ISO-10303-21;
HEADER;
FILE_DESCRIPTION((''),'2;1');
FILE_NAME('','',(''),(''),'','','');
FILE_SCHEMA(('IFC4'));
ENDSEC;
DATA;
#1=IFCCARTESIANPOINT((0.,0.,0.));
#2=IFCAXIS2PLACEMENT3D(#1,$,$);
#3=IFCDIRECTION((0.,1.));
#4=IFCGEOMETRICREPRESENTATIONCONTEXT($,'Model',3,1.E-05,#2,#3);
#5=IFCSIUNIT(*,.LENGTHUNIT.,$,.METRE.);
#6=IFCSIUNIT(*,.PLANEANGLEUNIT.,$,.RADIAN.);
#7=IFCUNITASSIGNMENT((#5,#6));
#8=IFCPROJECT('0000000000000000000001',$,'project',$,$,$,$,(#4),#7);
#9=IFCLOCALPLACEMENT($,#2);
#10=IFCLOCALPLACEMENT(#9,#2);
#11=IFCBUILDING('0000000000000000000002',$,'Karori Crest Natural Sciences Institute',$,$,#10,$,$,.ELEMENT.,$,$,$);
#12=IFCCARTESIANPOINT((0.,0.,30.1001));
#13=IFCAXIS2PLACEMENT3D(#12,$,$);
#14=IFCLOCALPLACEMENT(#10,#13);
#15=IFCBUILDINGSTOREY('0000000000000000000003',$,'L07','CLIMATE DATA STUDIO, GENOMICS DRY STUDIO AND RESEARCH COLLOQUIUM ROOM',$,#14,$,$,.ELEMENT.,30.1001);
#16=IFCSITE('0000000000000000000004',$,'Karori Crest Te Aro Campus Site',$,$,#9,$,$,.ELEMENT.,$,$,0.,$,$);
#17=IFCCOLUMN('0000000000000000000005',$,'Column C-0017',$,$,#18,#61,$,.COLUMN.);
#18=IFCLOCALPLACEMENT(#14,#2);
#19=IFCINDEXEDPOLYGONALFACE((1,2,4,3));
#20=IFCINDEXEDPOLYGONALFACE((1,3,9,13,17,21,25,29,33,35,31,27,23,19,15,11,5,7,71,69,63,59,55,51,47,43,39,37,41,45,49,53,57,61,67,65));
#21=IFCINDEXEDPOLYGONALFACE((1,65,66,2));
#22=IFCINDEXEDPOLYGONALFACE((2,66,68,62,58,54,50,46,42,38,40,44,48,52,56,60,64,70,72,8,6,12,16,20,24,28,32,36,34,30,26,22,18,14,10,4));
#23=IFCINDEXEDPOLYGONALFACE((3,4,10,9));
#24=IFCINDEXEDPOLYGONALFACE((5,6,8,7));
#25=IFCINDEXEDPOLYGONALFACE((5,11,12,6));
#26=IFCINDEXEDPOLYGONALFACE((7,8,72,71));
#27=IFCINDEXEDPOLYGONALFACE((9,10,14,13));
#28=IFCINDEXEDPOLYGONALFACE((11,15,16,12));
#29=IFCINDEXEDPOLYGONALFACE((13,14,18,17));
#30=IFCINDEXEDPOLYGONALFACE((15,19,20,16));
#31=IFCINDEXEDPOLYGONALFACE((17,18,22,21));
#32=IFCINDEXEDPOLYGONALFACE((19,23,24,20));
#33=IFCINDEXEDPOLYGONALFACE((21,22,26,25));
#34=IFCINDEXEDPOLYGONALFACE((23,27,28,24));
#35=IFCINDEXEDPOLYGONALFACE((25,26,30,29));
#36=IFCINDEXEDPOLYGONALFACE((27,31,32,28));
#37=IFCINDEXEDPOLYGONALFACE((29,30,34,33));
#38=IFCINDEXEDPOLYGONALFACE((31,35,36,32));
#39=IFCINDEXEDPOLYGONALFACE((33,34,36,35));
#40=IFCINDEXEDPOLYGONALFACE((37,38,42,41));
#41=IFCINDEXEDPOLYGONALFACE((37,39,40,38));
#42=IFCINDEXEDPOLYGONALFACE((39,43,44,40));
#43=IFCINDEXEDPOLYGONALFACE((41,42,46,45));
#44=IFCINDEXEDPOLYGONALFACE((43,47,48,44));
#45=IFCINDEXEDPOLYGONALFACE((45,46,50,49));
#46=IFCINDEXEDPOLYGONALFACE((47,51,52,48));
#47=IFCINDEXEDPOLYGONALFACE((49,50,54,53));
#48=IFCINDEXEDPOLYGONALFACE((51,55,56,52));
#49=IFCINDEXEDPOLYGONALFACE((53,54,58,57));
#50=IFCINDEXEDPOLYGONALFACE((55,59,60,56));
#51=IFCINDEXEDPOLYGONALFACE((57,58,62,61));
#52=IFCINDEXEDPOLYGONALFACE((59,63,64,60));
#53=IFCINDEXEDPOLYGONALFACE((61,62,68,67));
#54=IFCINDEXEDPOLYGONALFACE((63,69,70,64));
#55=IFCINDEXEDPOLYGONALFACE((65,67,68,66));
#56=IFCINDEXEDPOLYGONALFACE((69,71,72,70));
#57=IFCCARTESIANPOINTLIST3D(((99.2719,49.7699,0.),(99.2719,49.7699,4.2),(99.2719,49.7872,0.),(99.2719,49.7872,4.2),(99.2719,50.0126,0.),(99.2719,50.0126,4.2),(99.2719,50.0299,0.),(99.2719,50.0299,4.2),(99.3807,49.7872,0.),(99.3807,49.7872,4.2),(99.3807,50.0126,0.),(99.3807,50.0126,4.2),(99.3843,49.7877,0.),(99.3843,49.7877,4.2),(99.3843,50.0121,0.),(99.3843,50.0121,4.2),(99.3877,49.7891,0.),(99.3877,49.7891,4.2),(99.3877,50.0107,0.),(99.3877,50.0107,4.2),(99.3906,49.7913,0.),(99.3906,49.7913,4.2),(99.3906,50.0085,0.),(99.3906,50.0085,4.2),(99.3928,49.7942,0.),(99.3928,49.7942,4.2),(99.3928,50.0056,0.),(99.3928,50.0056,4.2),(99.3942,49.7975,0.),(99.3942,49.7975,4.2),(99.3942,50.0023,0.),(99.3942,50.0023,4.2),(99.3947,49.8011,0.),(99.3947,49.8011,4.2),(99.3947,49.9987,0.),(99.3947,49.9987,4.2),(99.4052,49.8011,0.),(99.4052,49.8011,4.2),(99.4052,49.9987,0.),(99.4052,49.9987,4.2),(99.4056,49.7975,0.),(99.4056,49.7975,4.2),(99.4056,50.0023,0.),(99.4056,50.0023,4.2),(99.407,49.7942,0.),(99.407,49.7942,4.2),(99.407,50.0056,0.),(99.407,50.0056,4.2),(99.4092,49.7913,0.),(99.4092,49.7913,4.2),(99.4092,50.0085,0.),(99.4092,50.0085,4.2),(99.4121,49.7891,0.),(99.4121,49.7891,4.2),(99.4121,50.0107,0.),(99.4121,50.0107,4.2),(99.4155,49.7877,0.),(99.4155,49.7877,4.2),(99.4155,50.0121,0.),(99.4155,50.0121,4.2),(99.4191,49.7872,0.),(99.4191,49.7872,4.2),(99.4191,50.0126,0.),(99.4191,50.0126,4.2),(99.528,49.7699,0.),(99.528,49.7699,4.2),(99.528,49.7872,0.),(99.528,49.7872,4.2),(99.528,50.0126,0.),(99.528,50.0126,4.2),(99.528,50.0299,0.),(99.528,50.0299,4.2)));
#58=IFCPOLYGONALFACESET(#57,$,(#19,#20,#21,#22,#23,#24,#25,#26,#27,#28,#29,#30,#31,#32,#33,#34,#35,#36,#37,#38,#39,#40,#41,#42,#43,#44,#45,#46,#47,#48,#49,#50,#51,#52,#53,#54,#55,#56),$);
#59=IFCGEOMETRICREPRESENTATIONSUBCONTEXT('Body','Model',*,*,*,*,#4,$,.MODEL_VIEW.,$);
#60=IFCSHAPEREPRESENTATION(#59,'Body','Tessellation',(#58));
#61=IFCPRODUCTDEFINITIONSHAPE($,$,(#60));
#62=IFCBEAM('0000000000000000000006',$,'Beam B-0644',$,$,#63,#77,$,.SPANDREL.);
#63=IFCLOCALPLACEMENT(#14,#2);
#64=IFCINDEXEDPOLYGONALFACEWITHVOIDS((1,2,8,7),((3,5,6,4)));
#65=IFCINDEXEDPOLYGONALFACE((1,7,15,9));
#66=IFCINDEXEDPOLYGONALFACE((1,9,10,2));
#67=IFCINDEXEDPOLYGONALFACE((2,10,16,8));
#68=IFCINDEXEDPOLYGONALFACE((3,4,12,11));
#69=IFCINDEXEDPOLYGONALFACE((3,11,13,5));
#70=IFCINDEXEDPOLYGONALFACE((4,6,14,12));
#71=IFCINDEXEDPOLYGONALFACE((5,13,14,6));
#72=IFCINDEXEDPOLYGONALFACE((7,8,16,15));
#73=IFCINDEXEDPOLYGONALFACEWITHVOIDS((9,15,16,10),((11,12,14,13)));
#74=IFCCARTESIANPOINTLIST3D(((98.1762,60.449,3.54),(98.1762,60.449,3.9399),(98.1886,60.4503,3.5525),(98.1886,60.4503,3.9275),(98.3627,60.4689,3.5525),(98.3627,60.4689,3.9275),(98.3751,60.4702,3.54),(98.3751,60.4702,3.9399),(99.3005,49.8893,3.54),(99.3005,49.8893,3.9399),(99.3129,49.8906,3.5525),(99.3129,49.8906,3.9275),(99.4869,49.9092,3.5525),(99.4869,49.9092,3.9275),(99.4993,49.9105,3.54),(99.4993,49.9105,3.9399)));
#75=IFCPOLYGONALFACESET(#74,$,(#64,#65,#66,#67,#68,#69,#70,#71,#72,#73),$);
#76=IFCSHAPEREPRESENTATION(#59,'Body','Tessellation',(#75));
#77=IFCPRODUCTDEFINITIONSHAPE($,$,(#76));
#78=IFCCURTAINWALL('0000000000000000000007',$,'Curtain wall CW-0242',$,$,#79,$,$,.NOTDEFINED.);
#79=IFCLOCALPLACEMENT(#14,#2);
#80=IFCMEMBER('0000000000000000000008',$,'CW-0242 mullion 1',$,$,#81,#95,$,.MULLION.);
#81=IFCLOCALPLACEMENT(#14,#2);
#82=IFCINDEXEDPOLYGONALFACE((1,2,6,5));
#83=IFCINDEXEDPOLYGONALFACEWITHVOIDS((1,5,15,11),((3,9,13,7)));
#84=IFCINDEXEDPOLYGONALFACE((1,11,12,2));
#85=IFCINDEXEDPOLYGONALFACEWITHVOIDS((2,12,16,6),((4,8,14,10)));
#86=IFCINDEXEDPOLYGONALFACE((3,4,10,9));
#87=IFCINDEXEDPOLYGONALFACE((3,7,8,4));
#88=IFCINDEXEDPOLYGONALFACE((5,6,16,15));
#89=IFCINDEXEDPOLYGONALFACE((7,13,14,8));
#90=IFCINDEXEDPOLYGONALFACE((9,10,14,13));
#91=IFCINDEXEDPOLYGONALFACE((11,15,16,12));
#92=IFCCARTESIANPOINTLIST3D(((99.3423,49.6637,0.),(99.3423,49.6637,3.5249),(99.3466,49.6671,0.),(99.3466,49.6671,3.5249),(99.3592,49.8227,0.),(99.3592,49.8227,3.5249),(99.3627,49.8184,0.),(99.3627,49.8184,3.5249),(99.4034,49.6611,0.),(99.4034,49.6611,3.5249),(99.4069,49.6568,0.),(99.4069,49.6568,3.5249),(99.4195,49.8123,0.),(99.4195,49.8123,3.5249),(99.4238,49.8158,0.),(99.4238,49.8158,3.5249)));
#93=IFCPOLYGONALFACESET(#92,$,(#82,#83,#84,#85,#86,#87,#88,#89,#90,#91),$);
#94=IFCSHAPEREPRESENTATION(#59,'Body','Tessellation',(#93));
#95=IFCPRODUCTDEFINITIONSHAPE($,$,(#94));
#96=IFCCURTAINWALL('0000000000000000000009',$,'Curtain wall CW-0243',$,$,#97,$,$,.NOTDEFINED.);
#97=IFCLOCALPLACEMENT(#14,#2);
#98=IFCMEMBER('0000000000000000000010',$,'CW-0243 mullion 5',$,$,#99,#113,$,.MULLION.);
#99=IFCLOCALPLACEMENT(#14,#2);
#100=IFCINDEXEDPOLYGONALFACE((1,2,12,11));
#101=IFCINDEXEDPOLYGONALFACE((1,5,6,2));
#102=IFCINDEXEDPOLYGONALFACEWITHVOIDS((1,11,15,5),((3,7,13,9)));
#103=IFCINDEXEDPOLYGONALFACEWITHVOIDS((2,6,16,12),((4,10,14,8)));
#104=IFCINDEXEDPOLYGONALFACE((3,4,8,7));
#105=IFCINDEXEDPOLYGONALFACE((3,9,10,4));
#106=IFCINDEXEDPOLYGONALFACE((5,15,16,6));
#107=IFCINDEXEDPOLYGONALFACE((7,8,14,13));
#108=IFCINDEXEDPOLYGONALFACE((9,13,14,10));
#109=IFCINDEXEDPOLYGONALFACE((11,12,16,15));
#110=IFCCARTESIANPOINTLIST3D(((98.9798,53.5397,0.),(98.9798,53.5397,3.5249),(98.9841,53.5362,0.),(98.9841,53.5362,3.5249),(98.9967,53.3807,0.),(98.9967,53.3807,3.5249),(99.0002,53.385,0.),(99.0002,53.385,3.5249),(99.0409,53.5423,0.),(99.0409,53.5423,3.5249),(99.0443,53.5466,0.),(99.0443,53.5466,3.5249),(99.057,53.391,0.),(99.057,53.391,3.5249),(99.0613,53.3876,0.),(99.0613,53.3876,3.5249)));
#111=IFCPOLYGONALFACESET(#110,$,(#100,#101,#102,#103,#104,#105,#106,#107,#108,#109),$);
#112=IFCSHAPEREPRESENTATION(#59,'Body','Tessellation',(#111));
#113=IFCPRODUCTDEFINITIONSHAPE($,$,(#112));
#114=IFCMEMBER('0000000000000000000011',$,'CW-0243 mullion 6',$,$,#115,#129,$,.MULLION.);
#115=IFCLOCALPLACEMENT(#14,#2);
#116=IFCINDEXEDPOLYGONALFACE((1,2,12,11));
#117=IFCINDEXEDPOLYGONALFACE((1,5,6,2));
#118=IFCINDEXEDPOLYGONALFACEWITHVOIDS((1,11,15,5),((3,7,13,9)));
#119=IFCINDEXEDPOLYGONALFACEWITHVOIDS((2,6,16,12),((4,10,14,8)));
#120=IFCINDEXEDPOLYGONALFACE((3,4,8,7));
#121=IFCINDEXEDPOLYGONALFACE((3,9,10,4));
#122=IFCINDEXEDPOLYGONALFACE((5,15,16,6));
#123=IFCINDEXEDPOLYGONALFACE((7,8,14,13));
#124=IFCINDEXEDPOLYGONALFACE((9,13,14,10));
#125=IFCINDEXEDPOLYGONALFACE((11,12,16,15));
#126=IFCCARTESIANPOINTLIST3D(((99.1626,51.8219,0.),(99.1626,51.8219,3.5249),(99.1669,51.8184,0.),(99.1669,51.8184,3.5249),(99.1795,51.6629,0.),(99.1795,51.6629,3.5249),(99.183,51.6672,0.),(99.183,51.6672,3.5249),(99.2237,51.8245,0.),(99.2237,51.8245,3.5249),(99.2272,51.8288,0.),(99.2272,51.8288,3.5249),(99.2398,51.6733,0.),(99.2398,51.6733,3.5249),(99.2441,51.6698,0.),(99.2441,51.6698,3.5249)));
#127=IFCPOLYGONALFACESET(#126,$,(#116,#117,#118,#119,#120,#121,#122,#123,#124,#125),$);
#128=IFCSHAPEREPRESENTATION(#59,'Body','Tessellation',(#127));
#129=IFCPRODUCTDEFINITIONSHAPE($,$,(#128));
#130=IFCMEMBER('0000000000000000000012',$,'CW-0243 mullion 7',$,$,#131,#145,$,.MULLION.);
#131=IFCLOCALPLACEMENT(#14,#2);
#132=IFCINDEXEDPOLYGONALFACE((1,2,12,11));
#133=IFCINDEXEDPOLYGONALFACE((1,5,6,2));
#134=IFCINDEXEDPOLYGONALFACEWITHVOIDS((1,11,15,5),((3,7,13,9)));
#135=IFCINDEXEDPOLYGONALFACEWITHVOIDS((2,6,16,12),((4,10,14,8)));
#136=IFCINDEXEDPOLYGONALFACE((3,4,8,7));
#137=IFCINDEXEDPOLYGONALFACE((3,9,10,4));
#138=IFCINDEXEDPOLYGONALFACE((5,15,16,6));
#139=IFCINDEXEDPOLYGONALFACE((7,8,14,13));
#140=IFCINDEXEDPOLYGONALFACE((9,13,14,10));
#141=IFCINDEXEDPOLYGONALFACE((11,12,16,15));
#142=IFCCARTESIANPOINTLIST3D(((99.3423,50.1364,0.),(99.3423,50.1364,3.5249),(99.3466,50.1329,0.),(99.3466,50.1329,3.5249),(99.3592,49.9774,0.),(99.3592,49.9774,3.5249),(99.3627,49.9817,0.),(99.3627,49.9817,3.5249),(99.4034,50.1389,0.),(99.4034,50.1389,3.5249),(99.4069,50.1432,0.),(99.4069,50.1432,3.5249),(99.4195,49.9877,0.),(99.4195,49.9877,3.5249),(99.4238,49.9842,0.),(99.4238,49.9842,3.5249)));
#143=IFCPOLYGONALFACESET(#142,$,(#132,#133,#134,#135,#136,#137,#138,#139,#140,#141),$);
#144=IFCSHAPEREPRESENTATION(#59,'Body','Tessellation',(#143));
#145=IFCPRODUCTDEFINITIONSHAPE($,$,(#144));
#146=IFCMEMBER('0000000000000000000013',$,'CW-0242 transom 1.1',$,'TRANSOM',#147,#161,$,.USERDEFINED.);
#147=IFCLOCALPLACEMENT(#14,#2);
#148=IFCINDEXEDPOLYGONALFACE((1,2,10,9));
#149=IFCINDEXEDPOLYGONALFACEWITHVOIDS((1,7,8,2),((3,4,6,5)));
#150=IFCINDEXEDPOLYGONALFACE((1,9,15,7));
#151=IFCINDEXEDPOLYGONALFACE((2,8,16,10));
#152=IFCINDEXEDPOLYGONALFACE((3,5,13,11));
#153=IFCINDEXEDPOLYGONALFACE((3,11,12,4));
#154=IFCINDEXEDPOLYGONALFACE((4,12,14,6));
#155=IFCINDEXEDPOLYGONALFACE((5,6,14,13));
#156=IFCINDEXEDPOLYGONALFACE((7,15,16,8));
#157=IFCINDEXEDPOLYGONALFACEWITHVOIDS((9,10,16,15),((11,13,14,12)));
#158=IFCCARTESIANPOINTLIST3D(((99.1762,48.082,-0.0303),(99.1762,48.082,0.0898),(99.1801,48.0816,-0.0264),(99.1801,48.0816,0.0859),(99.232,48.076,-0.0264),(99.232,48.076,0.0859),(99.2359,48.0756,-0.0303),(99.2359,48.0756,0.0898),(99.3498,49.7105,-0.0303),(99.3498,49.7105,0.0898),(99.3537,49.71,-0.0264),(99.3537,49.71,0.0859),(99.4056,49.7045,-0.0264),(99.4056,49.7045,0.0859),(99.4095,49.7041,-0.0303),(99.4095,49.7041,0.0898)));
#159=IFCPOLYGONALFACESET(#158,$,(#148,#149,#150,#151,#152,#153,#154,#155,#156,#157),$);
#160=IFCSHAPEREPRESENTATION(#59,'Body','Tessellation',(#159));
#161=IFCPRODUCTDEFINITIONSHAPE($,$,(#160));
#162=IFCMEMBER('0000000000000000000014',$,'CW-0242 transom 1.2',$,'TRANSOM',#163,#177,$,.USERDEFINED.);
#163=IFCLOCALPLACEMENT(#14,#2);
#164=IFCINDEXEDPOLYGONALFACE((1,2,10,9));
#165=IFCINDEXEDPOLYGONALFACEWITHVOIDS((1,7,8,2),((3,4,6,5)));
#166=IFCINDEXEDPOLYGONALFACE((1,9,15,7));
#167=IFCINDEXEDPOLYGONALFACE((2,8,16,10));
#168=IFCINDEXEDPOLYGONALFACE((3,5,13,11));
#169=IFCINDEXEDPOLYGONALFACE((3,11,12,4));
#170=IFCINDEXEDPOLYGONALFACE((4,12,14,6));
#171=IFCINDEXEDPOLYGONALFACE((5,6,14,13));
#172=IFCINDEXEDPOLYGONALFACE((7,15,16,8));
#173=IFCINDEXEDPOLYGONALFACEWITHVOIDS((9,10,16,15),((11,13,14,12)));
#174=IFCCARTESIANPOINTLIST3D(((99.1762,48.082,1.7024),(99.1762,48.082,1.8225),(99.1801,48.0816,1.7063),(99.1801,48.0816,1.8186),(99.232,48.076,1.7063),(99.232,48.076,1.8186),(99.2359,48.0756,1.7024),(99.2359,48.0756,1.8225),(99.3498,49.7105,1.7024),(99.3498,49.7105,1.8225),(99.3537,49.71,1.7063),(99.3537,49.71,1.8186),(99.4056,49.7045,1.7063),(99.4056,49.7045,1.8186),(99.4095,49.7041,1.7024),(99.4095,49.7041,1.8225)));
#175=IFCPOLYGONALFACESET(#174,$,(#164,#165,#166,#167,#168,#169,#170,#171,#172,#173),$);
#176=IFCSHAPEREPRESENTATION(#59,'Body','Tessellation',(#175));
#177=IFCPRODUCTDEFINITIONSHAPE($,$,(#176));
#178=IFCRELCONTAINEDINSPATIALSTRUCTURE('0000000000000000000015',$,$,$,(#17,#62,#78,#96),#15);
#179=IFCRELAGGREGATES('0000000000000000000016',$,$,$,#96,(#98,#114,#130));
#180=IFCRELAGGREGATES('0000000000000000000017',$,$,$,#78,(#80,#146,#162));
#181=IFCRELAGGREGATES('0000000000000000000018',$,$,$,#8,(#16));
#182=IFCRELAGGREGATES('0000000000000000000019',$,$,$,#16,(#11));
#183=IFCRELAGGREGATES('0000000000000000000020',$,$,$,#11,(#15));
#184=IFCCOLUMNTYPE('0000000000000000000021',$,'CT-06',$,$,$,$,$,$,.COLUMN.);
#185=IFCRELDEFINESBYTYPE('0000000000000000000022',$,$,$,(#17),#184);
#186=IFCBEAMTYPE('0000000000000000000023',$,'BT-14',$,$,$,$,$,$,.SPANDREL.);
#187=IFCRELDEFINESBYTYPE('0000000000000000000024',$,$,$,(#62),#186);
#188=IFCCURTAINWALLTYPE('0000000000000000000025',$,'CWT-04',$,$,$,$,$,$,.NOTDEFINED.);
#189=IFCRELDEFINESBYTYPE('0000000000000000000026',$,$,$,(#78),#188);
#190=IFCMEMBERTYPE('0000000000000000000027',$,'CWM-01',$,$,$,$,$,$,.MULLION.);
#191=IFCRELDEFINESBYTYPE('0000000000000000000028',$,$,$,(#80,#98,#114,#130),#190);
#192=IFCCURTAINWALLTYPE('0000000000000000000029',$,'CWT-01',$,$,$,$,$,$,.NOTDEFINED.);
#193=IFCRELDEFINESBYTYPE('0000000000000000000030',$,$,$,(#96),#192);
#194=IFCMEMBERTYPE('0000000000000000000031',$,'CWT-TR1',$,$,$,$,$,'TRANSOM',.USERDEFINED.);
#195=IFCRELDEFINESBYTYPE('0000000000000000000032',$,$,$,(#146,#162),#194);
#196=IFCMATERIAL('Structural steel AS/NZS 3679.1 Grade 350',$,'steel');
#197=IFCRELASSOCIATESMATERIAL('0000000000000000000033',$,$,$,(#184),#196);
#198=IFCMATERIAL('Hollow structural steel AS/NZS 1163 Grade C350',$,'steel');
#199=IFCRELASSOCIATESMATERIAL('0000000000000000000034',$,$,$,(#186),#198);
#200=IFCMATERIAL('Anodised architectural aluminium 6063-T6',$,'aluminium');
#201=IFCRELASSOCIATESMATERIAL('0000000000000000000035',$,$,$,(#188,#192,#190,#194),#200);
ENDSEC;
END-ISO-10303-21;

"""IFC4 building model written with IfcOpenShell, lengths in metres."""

from ifc_helpers import new_model, si_unit, direction, frame, origin, origin_2d, place, context, subcontext, project, spatial, hollow_rectangle, i_section, extrude, material, material_profile, profile_set, type_object, element, aggregate, save


model = new_model("IFC4")

# Units and contexts
model_context = context("Model", 3, precision=1e-05, world=origin(), true_north=direction((0.0, 1.0)))
body_context = subcontext(model_context, "Body", "Model", "MODEL_VIEW")
ifc_project = project(units=[si_unit("LENGTHUNIT", "METRE"), si_unit("PLANEANGLEUNIT", "RADIAN")], contexts=[model_context])

# Site, building, storey
site_placement = place(None, origin())
site = spatial("IfcSite", under=ifc_project, at=site_placement, Name="Karori Crest Te Aro Campus Site", CompositionType="ELEMENT", RefElevation=0.0)
building_placement = place(site_placement, origin())
building = spatial("IfcBuilding", under=site, at=building_placement, Name="Karori Crest Natural Sciences Institute", CompositionType="ELEMENT")
storey_placement = place(building_placement, frame((0.0, 0.0, 30.1001)))
storey = spatial("IfcBuildingStorey", under=building, at=storey_placement, Name="L07", Description="CLIMATE DATA STUDIO, GENOMICS DRY STUDIO AND RESEARCH COLLOQUIUM ROOM", CompositionType="ELEMENT", Elevation=30.1001)

# Column
ifc_material_1 = material(Name="Structural steel AS/NZS 3679.1 Grade 350", Category="steel")
ifc_material_profile_1 = material_profile(ifc_material_1, i_section(OverallWidth=0.2561, OverallDepth=0.26, WebThickness=0.0105, FlangeThickness=0.0173, FilletRadius=0.0139, at=origin_2d()), Name="250UC89.5")
ifc_profile_set_1 = profile_set([ifc_material_profile_1], Name="Structural steel AS/NZS 3679.1 Grade 350")
column_type = type_object("IfcColumnType", Name="CT-06", PredefinedType="COLUMN", material=ifc_profile_set_1)
column_placement = place(storey_placement, frame((99.3999, 49.8999, 0.0), z_axis=(0.0, 0.0, 1.0), x_axis=(1.0, 0.0, 0.0)))
element("IfcColumn", 1, at=column_placement, inside=storey, type_object=column_type, Name="Column C-0017", PredefinedType="COLUMN", context=body_context, shape_type="SweptSolid", body=[
    extrude(i_section(OverallWidth=0.2561, OverallDepth=0.26, WebThickness=0.0105, FlangeThickness=0.0173, FilletRadius=0.0139, at=origin_2d()), origin(), (0.0, 0.0, 1.0), 4.2),
])

# Beam
ifc_material_2 = material(Name="Hollow structural steel AS/NZS 1163 Grade C350", Category="steel")
ifc_material_profile_2 = material_profile(ifc_material_2, hollow_rectangle(XDim=0.2, YDim=0.3999, WallThickness=0.0125, at=origin_2d()), Name="RHS400x200x12.5")
ifc_profile_set_2 = profile_set([ifc_material_profile_2], Name="Hollow structural steel AS/NZS 1163 Grade C350")
beam_type = type_object("IfcBeamType", Name="BT-14", PredefinedType="SPANDREL", material=ifc_profile_set_2)
beam_placement = place(storey_placement, frame((99.3999, 49.8999, 3.74), z_axis=(-0.105868, 0.99438, 0.0), x_axis=(-0.99438, -0.105868, 0.0)))
element("IfcBeam", 2, at=beam_placement, inside=storey, type_object=beam_type, Name="Beam B-0644", PredefinedType="SPANDREL", context=body_context, shape_type="SweptSolid", body=[
    extrude(hollow_rectangle(XDim=0.2, YDim=0.3999, WallThickness=0.0125, at=origin_2d()), origin(), (0.0, 0.0, 1.0), 10.6194),
])

# Curtain wall, member
ifc_material_3 = material(Name="Anodised architectural aluminium 6063-T6", Category="aluminium")
curtain_wall_type_1 = type_object("IfcCurtainWallType", Name="CWT-04", PredefinedType="NOTDEFINED", material=ifc_material_3)
curtain_wall_1_placement = place(storey_placement, origin())
curtain_wall_1 = element("IfcCurtainWall", 3, at=curtain_wall_1_placement, inside=storey, type_object=curtain_wall_type_1, Name="Curtain wall CW-0242", PredefinedType="NOTDEFINED")
ifc_material_profile_3 = material_profile(ifc_material_3, hollow_rectangle(XDim=0.0649, YDim=0.1599, WallThickness=0.0039, at=origin_2d()), Name="CWM160x65x4")
ifc_profile_set_3 = profile_set([ifc_material_profile_3], Name="Anodised architectural aluminium 6063-T6")
member_type_1 = type_object("IfcMemberType", Name="CWM-01", PredefinedType="MULLION", material=ifc_profile_set_3)
member_1_placement = place(storey_placement, frame((99.3831, 49.7397, 0.0), z_axis=(0.0, 0.0, 1.0), x_axis=(0.994378, -0.105886, 0.0)))
member_1 = element("IfcMember", 4, at=member_1_placement, type_object=member_type_1, Name="CW-0242 mullion 1", PredefinedType="MULLION", context=body_context, shape_type="SweptSolid", body=[
    extrude(hollow_rectangle(XDim=0.0649, YDim=0.1599, WallThickness=0.0039, at=origin_2d()), origin(), (0.0, 0.0, 1.0), 3.5249),
])

# Curtain wall, members
curtain_wall_type_2 = type_object("IfcCurtainWallType", Name="CWT-01", PredefinedType="NOTDEFINED", material=ifc_material_3)
curtain_wall_2_placement = place(storey_placement, origin())
curtain_wall_2 = element("IfcCurtainWall", 5, at=curtain_wall_2_placement, inside=storey, type_object=curtain_wall_type_2, Name="Curtain wall CW-0243", PredefinedType="NOTDEFINED")
member_2_placement = place(storey_placement, frame((99.0205, 53.4636, 0.0), z_axis=(0.0, 0.0, 1.0), x_axis=(0.994378, 0.105884, 0.0)))
member_2 = element("IfcMember", 6, at=member_2_placement, type_object=member_type_1, Name="CW-0243 mullion 5", PredefinedType="MULLION", context=body_context, shape_type="SweptSolid", body=[
    extrude(hollow_rectangle(XDim=0.0649, YDim=0.1599, WallThickness=0.0039, at=origin_2d()), origin(), (0.0, 0.0, 1.0), 3.5249),
])
member_3_placement = place(storey_placement, frame((99.2034, 51.7458, 0.0), z_axis=(0.0, 0.0, 1.0), x_axis=(0.994378, 0.105884, 0.0)))
member_3 = element("IfcMember", 7, at=member_3_placement, type_object=member_type_1, Name="CW-0243 mullion 6", PredefinedType="MULLION", context=body_context, shape_type="SweptSolid", body=[
    extrude(hollow_rectangle(XDim=0.0649, YDim=0.1599, WallThickness=0.0039, at=origin_2d()), origin(), (0.0, 0.0, 1.0), 3.5249),
])
member_4_placement = place(storey_placement, frame((99.3831, 50.0603, 0.0), z_axis=(0.0, 0.0, 1.0), x_axis=(0.994378, 0.105884, 0.0)))
member_4 = element("IfcMember", 8, at=member_4_placement, type_object=member_type_1, Name="CW-0243 mullion 7", PredefinedType="MULLION", context=body_context, shape_type="SweptSolid", body=[
    extrude(hollow_rectangle(XDim=0.0649, YDim=0.1599, WallThickness=0.0039, at=origin_2d()), origin(), (0.0, 0.0, 1.0), 3.5249),
])

# Members
ifc_material_profile_4 = material_profile(ifc_material_3, hollow_rectangle(XDim=0.0601, YDim=0.1201, WallThickness=0.0039, at=origin_2d()), Name="CWT120x60x4")
ifc_profile_set_4 = profile_set([ifc_material_profile_4], Name="Anodised architectural aluminium 6063-T6")
member_type_2 = type_object("IfcMemberType", Name="CWT-TR1", ElementType="TRANSOM", PredefinedType="USERDEFINED", material=ifc_profile_set_4)
member_5_placement = place(storey_placement, frame((99.3796, 49.7073, 0.0298), z_axis=(-0.105996, -0.994367, 0.0), x_axis=(0.994367, -0.105996, 0.0)))
member_5 = element("IfcMember", 9, at=member_5_placement, type_object=member_type_2, Name="CW-0242 transom 1.1", ObjectType="TRANSOM", PredefinedType="USERDEFINED", context=body_context, shape_type="SweptSolid", body=[
    extrude(hollow_rectangle(XDim=0.0601, YDim=0.1201, WallThickness=0.0039, at=origin_2d()), origin(), (0.0, 0.0, 1.0), 1.6377),
])
member_6_placement = place(storey_placement, frame((99.3796, 49.7073, 1.7625), z_axis=(-0.105996, -0.994367, 0.0), x_axis=(0.994367, -0.105996, 0.0)))
member_6 = element("IfcMember", 10, at=member_6_placement, type_object=member_type_2, Name="CW-0242 transom 1.2", ObjectType="TRANSOM", PredefinedType="USERDEFINED", context=body_context, shape_type="SweptSolid", body=[
    extrude(hollow_rectangle(XDim=0.0601, YDim=0.1201, WallThickness=0.0039, at=origin_2d()), origin(), (0.0, 0.0, 1.0), 1.6377),
])

aggregate(curtain_wall_2, [member_2, member_3, member_4])
aggregate(curtain_wall_1, [member_1, member_5, member_6])

save(model, "model.ifc")
